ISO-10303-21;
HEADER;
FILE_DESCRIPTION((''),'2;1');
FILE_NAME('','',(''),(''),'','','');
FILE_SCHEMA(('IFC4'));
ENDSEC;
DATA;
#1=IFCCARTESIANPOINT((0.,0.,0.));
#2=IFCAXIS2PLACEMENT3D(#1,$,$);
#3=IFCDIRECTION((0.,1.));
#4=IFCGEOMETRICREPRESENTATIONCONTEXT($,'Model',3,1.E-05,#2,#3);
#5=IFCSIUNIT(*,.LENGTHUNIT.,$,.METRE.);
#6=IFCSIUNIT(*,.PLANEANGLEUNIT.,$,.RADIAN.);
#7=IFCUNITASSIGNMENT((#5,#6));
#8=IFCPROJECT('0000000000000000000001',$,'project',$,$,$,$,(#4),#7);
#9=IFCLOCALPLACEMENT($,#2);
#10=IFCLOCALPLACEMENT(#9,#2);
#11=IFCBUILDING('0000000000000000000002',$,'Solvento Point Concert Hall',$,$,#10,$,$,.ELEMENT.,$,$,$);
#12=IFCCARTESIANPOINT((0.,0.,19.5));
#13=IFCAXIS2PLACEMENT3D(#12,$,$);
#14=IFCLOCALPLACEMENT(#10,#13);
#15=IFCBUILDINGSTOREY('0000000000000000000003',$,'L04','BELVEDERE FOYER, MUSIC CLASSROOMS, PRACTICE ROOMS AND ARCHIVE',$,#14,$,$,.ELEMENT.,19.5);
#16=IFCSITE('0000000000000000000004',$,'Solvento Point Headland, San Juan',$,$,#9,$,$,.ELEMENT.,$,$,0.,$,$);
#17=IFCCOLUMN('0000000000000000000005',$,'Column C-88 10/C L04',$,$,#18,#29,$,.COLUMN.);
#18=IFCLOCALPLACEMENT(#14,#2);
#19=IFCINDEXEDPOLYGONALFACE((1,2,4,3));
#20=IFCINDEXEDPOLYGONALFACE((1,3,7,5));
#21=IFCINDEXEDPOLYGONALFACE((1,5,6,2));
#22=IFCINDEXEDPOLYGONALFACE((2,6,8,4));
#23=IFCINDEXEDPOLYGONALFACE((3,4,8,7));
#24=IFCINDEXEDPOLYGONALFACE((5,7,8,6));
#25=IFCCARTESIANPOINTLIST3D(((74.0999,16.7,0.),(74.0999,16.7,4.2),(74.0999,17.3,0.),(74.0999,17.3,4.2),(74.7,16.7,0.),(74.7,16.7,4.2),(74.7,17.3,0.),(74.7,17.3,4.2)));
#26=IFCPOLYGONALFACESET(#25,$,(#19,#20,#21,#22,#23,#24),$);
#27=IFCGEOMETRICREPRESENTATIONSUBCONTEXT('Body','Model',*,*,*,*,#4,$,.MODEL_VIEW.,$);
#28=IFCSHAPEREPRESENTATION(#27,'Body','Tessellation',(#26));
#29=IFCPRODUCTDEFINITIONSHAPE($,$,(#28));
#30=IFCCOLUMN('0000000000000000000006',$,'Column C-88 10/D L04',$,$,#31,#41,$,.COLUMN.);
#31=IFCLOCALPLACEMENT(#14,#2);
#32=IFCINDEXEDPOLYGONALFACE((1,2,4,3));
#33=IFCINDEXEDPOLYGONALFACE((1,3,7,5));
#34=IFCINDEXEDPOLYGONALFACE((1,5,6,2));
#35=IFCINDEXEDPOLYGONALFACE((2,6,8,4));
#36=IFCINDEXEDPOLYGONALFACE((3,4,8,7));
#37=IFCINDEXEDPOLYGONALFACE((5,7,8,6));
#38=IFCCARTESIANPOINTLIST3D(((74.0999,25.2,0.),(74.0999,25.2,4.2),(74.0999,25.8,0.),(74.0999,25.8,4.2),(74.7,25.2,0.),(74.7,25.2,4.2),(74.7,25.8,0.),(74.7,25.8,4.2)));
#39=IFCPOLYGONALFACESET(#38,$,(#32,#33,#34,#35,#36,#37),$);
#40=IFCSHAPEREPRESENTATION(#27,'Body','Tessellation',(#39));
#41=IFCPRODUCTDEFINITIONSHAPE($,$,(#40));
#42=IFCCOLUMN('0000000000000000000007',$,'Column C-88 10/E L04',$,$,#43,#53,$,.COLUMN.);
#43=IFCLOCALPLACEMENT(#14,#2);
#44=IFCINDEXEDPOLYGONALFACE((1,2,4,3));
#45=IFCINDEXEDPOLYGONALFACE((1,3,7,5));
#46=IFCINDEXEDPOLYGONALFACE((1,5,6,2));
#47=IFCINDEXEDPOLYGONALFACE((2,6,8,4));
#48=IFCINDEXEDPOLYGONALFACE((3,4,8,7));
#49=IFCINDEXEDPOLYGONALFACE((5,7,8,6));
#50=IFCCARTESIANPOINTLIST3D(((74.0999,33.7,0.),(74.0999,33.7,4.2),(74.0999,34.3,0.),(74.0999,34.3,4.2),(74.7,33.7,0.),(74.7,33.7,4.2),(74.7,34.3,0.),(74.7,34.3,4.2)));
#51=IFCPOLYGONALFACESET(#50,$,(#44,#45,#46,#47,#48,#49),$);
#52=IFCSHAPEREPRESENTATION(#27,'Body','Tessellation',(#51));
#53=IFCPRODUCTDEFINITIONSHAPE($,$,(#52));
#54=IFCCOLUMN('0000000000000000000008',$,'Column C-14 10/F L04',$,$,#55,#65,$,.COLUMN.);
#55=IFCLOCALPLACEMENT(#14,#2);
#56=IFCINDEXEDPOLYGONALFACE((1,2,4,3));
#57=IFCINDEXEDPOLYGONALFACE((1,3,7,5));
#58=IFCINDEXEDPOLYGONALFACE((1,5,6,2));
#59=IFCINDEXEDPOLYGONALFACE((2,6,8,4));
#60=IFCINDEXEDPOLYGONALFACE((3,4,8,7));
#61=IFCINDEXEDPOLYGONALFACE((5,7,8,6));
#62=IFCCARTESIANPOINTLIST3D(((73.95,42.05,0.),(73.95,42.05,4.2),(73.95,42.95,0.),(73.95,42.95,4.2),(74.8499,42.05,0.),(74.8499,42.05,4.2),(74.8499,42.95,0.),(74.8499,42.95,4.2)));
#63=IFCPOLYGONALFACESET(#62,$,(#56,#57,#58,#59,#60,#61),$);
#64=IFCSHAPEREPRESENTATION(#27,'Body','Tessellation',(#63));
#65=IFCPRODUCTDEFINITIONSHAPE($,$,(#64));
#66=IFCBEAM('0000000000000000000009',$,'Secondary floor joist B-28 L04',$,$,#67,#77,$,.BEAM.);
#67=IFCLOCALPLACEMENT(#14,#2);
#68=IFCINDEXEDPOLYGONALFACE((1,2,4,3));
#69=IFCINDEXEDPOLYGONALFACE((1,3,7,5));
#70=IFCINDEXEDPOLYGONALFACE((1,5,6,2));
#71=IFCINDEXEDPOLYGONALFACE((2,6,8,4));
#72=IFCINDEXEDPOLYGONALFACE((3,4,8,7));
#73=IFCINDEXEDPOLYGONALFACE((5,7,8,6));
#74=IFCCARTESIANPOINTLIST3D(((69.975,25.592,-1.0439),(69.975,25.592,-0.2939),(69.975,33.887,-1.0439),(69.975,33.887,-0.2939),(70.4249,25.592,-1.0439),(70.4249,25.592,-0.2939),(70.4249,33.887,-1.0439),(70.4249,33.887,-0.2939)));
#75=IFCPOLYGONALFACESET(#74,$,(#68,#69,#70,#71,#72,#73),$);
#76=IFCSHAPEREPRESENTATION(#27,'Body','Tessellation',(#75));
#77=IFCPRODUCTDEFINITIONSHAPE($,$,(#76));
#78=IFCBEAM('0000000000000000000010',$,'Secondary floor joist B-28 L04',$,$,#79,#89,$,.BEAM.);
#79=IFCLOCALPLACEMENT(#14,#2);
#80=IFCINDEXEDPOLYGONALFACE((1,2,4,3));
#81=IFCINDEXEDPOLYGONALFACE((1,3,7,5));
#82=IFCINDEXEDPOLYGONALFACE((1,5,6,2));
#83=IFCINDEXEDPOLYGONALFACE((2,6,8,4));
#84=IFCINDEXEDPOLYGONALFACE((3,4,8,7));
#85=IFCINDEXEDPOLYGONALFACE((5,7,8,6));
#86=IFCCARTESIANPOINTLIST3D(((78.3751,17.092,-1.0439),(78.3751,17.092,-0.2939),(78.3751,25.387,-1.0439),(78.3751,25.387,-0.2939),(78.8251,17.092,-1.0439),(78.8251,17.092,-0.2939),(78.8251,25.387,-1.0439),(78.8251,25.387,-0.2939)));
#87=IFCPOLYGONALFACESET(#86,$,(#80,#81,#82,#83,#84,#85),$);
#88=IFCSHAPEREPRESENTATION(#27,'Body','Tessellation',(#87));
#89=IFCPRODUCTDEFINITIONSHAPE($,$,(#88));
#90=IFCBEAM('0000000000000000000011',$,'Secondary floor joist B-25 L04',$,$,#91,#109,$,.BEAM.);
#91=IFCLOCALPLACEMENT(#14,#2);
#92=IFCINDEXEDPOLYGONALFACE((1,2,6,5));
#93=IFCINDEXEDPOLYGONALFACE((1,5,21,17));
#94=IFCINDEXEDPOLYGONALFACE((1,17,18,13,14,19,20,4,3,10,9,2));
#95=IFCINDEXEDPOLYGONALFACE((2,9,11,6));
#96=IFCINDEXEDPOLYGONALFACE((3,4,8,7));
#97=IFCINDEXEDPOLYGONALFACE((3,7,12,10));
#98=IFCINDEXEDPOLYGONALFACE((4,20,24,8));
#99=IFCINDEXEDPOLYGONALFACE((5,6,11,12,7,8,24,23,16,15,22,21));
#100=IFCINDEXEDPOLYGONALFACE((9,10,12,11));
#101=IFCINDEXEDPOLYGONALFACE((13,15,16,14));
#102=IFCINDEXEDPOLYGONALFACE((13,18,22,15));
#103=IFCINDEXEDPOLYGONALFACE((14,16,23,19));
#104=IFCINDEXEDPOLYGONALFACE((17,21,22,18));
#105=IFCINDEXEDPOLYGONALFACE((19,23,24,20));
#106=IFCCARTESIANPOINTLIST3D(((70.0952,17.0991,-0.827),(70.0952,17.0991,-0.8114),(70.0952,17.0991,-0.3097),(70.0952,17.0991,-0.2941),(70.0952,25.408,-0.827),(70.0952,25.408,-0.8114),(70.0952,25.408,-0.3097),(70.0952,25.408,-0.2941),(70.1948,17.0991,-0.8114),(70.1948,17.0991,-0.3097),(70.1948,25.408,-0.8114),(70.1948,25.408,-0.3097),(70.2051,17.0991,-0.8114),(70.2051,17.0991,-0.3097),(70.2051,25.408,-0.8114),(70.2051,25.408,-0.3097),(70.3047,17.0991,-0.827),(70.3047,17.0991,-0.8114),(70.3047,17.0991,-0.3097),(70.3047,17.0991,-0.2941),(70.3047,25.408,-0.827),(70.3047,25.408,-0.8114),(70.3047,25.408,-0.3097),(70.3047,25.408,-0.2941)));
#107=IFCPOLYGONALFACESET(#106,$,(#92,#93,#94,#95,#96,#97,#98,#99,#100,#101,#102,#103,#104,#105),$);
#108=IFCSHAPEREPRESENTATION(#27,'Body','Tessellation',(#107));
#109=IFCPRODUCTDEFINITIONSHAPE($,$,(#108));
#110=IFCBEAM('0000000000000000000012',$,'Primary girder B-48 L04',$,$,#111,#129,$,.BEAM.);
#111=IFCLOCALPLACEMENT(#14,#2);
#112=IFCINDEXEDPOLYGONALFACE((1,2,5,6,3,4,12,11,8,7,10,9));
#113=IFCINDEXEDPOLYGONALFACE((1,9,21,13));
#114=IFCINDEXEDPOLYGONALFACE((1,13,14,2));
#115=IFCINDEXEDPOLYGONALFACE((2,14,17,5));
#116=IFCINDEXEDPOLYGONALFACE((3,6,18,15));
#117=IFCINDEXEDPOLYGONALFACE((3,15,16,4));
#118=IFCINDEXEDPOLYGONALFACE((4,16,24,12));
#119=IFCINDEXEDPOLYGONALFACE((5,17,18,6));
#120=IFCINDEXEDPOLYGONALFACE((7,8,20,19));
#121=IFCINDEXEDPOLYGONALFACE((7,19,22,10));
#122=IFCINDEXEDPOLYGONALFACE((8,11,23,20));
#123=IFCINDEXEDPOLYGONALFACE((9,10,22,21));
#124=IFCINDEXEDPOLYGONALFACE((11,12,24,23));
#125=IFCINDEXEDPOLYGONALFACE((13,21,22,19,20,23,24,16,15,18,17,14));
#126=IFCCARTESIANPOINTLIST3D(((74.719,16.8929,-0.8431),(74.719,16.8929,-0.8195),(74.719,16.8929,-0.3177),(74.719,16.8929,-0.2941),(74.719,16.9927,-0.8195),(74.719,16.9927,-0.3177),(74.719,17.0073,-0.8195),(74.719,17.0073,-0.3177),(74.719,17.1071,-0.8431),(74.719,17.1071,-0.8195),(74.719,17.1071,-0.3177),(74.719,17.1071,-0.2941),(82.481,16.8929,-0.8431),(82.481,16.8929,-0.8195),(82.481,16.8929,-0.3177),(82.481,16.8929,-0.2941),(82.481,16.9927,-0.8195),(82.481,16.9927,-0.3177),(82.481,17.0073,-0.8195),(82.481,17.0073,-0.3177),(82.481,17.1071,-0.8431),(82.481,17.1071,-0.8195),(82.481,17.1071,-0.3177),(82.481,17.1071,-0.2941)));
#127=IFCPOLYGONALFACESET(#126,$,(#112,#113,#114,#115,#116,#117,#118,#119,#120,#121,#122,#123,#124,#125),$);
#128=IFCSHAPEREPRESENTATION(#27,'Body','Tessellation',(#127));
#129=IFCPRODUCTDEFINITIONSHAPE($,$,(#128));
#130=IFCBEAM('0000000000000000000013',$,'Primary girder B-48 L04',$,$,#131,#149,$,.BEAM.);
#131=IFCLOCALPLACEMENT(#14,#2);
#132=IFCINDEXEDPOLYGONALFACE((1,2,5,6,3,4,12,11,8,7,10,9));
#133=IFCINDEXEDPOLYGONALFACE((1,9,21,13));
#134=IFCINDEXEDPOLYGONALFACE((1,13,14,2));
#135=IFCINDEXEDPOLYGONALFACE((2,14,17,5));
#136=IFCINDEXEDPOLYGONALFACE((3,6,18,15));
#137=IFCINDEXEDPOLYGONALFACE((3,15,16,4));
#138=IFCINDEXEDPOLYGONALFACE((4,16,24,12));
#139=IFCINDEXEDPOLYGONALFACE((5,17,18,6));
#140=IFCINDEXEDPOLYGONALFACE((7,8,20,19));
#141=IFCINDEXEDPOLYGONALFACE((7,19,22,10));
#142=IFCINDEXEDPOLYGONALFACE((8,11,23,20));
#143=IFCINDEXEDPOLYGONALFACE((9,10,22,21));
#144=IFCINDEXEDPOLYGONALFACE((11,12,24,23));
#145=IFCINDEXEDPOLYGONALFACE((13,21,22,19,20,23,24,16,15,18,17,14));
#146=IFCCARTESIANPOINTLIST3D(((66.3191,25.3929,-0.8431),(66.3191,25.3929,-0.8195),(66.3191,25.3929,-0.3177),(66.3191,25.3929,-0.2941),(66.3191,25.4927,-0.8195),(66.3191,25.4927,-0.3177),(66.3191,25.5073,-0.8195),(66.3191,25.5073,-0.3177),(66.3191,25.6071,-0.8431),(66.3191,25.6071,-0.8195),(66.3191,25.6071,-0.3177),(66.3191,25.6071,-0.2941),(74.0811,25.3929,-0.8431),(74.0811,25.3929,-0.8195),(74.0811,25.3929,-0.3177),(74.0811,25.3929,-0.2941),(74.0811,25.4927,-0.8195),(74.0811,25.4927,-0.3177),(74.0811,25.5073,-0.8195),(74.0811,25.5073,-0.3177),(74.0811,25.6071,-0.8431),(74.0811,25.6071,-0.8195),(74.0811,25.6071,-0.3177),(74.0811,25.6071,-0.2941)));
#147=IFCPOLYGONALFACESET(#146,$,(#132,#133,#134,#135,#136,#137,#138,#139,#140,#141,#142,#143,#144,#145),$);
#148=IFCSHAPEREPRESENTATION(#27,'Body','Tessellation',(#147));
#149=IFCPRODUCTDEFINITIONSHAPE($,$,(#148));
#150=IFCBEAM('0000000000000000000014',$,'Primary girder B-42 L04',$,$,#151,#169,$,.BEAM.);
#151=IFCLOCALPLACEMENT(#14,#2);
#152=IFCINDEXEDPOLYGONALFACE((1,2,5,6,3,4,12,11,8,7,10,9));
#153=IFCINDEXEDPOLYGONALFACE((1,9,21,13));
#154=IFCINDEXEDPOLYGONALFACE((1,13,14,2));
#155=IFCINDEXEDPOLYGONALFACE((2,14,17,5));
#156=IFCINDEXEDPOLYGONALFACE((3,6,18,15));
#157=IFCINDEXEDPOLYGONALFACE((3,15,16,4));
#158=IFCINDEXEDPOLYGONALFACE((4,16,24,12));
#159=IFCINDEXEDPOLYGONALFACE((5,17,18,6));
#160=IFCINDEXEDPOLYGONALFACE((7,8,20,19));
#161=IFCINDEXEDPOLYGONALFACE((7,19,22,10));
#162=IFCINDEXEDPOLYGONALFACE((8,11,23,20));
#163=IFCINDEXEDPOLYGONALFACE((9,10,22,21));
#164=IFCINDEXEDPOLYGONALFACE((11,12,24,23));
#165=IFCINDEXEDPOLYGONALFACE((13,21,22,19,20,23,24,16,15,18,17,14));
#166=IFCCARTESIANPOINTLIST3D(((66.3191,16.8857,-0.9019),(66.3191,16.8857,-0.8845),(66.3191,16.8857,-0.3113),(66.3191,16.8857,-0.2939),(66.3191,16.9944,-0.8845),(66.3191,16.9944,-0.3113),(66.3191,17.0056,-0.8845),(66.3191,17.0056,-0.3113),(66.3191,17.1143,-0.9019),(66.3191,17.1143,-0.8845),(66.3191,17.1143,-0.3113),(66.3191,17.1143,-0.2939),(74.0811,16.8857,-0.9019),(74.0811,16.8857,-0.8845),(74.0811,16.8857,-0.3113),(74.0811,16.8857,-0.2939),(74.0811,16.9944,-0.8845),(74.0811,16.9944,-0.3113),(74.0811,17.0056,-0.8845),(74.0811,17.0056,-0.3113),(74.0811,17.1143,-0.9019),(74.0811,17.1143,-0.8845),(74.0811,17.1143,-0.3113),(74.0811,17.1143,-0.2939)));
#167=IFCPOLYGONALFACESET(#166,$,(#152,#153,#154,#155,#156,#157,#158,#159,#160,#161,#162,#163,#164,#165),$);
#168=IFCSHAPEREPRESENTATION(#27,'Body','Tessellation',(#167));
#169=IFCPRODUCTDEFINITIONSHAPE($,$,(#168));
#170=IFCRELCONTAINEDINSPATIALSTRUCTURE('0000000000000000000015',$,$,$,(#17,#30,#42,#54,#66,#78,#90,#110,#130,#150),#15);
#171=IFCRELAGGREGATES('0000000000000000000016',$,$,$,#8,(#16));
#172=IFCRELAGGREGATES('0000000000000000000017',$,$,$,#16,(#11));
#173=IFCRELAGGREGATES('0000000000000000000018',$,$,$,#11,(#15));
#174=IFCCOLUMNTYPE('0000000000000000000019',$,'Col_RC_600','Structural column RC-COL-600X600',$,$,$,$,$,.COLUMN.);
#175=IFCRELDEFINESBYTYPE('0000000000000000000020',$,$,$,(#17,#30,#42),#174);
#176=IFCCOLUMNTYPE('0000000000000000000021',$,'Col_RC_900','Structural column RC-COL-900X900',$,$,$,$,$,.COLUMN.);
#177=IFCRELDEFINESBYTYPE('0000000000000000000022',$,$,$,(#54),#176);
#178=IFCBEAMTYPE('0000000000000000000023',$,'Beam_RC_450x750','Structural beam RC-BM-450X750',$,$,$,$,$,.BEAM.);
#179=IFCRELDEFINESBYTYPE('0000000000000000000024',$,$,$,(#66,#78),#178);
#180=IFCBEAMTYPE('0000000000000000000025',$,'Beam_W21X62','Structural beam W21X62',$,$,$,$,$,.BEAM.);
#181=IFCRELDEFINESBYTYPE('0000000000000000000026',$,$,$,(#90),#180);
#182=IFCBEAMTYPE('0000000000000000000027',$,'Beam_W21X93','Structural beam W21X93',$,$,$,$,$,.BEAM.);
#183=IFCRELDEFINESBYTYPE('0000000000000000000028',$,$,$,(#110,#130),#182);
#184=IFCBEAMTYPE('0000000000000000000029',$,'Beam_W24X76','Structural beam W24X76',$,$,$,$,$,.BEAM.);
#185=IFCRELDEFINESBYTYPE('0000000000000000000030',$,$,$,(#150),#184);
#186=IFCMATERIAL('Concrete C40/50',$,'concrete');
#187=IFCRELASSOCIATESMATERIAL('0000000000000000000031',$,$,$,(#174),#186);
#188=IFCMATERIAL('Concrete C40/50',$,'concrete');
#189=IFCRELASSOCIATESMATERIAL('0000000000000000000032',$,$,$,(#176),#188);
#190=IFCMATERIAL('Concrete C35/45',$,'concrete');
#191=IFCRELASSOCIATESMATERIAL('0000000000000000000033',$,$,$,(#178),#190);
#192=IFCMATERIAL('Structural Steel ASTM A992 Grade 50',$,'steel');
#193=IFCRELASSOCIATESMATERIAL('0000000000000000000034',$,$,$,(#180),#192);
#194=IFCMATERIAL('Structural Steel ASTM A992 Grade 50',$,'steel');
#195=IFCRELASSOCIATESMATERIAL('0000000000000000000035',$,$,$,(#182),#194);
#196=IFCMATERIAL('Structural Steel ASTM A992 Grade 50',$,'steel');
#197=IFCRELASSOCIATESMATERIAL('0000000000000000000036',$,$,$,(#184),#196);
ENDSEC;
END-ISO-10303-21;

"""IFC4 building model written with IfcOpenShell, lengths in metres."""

from ifc_helpers import new_model, si_unit, direction, frame, origin, origin_2d, place, context, subcontext, project, spatial, rectangle, i_section, extrude, material, material_profile, profile_set, type_object, element, save


model = new_model("IFC4")

# Units and contexts
model_context = context("Model", 3, precision=1e-05, world=origin(), true_north=direction((0.0, 1.0)))
body_context = subcontext(model_context, "Body", "Model", "MODEL_VIEW")
ifc_project = project(units=[si_unit("LENGTHUNIT", "METRE"), si_unit("PLANEANGLEUNIT", "RADIAN")], contexts=[model_context])

# Site, building, storey
site_placement = place(None, origin())
site = spatial("IfcSite", under=ifc_project, at=site_placement, Name="Solvento Point Headland, San Juan", CompositionType="ELEMENT", RefElevation=0.0)
building_placement = place(site_placement, origin())
building = spatial("IfcBuilding", under=site, at=building_placement, Name="Solvento Point Concert Hall", CompositionType="ELEMENT")
storey_placement = place(building_placement, frame((0.0, 0.0, 19.5)))
storey = spatial("IfcBuildingStorey", under=building, at=storey_placement, Name="L04", Description="BELVEDERE FOYER, MUSIC CLASSROOMS, PRACTICE ROOMS AND ARCHIVE", CompositionType="ELEMENT", Elevation=19.5)

# Columns
ifc_material_1 = material(Name="Concrete C40/50", Category="concrete")
ifc_material_profile_1 = material_profile(ifc_material_1, rectangle(XDim=0.6001, YDim=0.6001, at=origin_2d()), Name="RC-COL-600X600")
ifc_profile_set_1 = profile_set([ifc_material_profile_1], Name="Concrete C40/50")
column_type_1 = type_object("IfcColumnType", Name="Col_RC_600", Description="Structural column RC-COL-600X600", PredefinedType="COLUMN", material=ifc_profile_set_1)
for number, where, z_axis, x_axis, name in (
    (1, (74.3999, 17.0, 0.0), (0.0, 0.0, 1.0), (1.0, 0.0, 0.0), "Column C-88 10/C L04"),
    (2, (74.3999, 25.5, 0.0), (0.0, 0.0, 1.0), (1.0, 0.0, 0.0), "Column C-88 10/D L04"),
    (3, (74.3999, 34.0, 0.0), (0.0, 0.0, 1.0), (1.0, 0.0, 0.0), "Column C-88 10/E L04"),
):
    element("IfcColumn", number, at=place(storey_placement, frame(where, z_axis=z_axis, x_axis=x_axis)), inside=storey, type_object=column_type_1, Name=name, PredefinedType="COLUMN", context=body_context, shape_type="SweptSolid", body=[
        extrude(rectangle(XDim=0.6001, YDim=0.6001, at=origin_2d()), origin(), (0.0, 0.0, 1.0), 4.2),
    ])
ifc_material_2 = material(Name="Concrete C40/50", Category="concrete")
ifc_material_profile_2 = material_profile(ifc_material_2, rectangle(XDim=0.8999, YDim=0.8999, at=origin_2d()), Name="RC-COL-900X900")
ifc_profile_set_2 = profile_set([ifc_material_profile_2], Name="Concrete C40/50")
column_type_2 = type_object("IfcColumnType", Name="Col_RC_900", Description="Structural column RC-COL-900X900", PredefinedType="COLUMN", material=ifc_profile_set_2)
column_placement = place(storey_placement, frame((74.3999, 42.5, 0.0), z_axis=(0.0, 0.0, 1.0), x_axis=(1.0, 0.0, 0.0)))
element("IfcColumn", 4, at=column_placement, inside=storey, type_object=column_type_2, Name="Column C-14 10/F L04", PredefinedType="COLUMN", context=body_context, shape_type="SweptSolid", body=[
    extrude(rectangle(XDim=0.8999, YDim=0.8999, at=origin_2d()), origin(), (0.0, 0.0, 1.0), 4.2),
])

# Beams
ifc_material_3 = material(Name="Concrete C35/45", Category="concrete")
ifc_material_profile_3 = material_profile(ifc_material_3, rectangle(XDim=0.45, YDim=0.75, at=origin_2d()), Name="RC-BM-450X750")
ifc_profile_set_3 = profile_set([ifc_material_profile_3], Name="Concrete C35/45")
beam_type_1 = type_object("IfcBeamType", Name="Beam_RC_450x750", Description="Structural beam RC-BM-450X750", PredefinedType="BEAM", material=ifc_profile_set_3)
for number, where, z_axis, x_axis, name in (
    (5, (70.2, 25.592, -0.6689), (0.0, 1.0, 0.0), (-1.0, 0.0, 0.0), "Secondary floor joist B-28 L04"),
    (6, (78.6001, 17.092, -0.6689), (0.0, 1.0, 0.0), (-1.0, 0.0, 0.0), "Secondary floor joist B-28 L04"),
):
    element("IfcBeam", number, at=place(storey_placement, frame(where, z_axis=z_axis, x_axis=x_axis)), inside=storey, type_object=beam_type_1, Name=name, PredefinedType="BEAM", context=body_context, shape_type="SweptSolid", body=[
        extrude(rectangle(XDim=0.45, YDim=0.75, at=origin_2d()), origin(), (0.0, 0.0, 1.0), 8.2949),
    ])
ifc_material_4 = material(Name="Structural Steel ASTM A992 Grade 50", Category="steel")
ifc_material_profile_4 = material_profile(ifc_material_4, i_section(OverallWidth=0.2095, OverallDepth=0.533, WebThickness=0.0103, FlangeThickness=0.0156, at=origin_2d()), Name="W21X62")
ifc_profile_set_4 = profile_set([ifc_material_profile_4], Name="Structural Steel ASTM A992 Grade 50")
beam_type_2 = type_object("IfcBeamType", Name="Beam_W21X62", Description="Structural beam W21X62", PredefinedType="BEAM", material=ifc_profile_set_4)
beam_1_placement = place(storey_placement, frame((70.2, 17.0991, -0.5605), z_axis=(0.0, 1.0, 0.0), x_axis=(-1.0, 0.0, 0.0)))
element("IfcBeam", 7, at=beam_1_placement, inside=storey, type_object=beam_type_2, Name="Secondary floor joist B-25 L04", PredefinedType="BEAM", context=body_context, shape_type="SweptSolid", body=[
    extrude(i_section(OverallWidth=0.2095, OverallDepth=0.533, WebThickness=0.0103, FlangeThickness=0.0156, at=origin_2d()), origin(), (0.0, 0.0, 1.0), 8.3088),
])
ifc_material_5 = material(Name="Structural Steel ASTM A992 Grade 50", Category="steel")
ifc_material_profile_5 = material_profile(ifc_material_5, i_section(OverallWidth=0.2141, OverallDepth=0.5491, WebThickness=0.0146, FlangeThickness=0.0237, at=origin_2d()), Name="W21X93")
ifc_profile_set_5 = profile_set([ifc_material_profile_5], Name="Structural Steel ASTM A992 Grade 50")
beam_type_3 = type_object("IfcBeamType", Name="Beam_W21X93", Description="Structural beam W21X93", PredefinedType="BEAM", material=ifc_profile_set_5)
for number, where, z_axis, x_axis, name in (
    (8, (74.719, 17.0, -0.5686), (1.0, 0.0, 0.0), (0.0, 1.0, 0.0), "Primary girder B-48 L04"),
    (9, (66.3191, 25.5, -0.5686), (1.0, 0.0, 0.0), (0.0, 1.0, 0.0), "Primary girder B-48 L04"),
):
    element("IfcBeam", number, at=place(storey_placement, frame(where, z_axis=z_axis, x_axis=x_axis)), inside=storey, type_object=beam_type_3, Name=name, PredefinedType="BEAM", context=body_context, shape_type="SweptSolid", body=[
        extrude(i_section(OverallWidth=0.2141, OverallDepth=0.5491, WebThickness=0.0146, FlangeThickness=0.0237, at=origin_2d()), origin(), (0.0, 0.0, 1.0), 7.762),
    ])
ifc_material_6 = material(Name="Structural Steel ASTM A992 Grade 50", Category="steel")
ifc_material_profile_6 = material_profile(ifc_material_6, i_section(OverallWidth=0.2285, OverallDepth=0.6079, WebThickness=0.0112, FlangeThickness=0.0173, at=origin_2d()), Name="W24X76")
ifc_profile_set_6 = profile_set([ifc_material_profile_6], Name="Structural Steel ASTM A992 Grade 50")
beam_type_4 = type_object("IfcBeamType", Name="Beam_W24X76", Description="Structural beam W24X76", PredefinedType="BEAM", material=ifc_profile_set_6)
beam_2_placement = place(storey_placement, frame((66.3191, 17.0, -0.5979), z_axis=(1.0, 0.0, 0.0), x_axis=(0.0, 1.0, 0.0)))
element("IfcBeam", 10, at=beam_2_placement, inside=storey, type_object=beam_type_4, Name="Primary girder B-42 L04", PredefinedType="BEAM", context=body_context, shape_type="SweptSolid", body=[
    extrude(i_section(OverallWidth=0.2285, OverallDepth=0.6079, WebThickness=0.0112, FlangeThickness=0.0173, at=origin_2d()), origin(), (0.0, 0.0, 1.0), 7.762),
])

save(model, "model.ifc")
